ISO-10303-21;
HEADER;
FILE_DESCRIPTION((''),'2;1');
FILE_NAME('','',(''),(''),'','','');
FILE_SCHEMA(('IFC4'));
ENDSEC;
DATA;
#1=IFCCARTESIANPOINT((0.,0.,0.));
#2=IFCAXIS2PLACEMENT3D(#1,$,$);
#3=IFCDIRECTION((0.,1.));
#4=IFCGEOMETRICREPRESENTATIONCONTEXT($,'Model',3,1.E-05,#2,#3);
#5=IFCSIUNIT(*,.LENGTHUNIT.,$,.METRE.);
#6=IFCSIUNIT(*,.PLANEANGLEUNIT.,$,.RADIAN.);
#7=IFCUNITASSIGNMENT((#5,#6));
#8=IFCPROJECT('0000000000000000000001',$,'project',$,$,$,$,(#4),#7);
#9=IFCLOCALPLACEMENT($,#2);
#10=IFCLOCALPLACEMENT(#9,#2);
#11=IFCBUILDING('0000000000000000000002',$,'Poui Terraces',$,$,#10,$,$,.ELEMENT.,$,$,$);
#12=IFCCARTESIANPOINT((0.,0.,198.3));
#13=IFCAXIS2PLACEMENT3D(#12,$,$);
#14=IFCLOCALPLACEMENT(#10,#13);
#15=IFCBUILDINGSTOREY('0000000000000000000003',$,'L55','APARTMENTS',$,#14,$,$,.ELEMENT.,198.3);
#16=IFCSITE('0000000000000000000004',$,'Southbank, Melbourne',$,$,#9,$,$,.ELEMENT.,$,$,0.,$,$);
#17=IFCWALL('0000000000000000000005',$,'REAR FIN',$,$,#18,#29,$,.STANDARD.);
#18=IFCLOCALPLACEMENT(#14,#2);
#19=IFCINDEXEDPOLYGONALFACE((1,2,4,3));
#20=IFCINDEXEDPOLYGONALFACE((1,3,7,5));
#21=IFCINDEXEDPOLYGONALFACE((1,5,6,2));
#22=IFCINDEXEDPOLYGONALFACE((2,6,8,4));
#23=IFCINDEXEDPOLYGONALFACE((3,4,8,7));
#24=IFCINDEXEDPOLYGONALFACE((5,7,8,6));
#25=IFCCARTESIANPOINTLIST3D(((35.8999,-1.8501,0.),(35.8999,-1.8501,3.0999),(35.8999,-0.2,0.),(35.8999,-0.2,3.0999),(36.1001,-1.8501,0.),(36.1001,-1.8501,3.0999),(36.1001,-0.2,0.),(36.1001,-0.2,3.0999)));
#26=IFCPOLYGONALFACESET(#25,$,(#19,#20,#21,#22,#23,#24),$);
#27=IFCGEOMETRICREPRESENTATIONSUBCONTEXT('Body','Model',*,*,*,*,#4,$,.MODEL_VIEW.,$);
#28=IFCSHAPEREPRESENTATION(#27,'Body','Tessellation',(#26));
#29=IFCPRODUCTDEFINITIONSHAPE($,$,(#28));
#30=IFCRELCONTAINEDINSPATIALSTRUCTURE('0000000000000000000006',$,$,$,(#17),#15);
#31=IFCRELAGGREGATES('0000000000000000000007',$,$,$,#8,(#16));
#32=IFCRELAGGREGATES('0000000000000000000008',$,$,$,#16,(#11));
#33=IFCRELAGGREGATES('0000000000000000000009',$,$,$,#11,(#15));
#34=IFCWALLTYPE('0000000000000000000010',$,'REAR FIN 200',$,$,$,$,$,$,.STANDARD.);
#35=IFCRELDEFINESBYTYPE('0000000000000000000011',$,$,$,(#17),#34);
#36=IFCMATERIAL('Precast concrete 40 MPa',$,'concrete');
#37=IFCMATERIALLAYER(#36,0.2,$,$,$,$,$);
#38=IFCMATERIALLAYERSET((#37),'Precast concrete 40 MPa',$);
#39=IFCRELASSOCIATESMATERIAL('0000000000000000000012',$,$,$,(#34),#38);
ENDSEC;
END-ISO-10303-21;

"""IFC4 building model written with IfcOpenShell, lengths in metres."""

from ifc_helpers import new_model, si_unit, direction, frame, origin, place, context, subcontext, project, spatial, polyline, outline, extrude, source, transform, mapped, material, layer, layer_set, type_object, element, save


model = new_model("IFC4")

# Units and contexts
model_context = context("Model", 3, precision=1e-05, world=origin(), true_north=direction((0.0, 1.0)))
body_context = subcontext(model_context, "Body", "Model", "MODEL_VIEW")
ifc_project = project(units=[si_unit("LENGTHUNIT", "METRE"), si_unit("PLANEANGLEUNIT", "RADIAN")], contexts=[model_context])

# Site, building, storey
site_placement = place(None, origin())
site = spatial("IfcSite", under=ifc_project, at=site_placement, Name="Southbank, Melbourne", CompositionType="ELEMENT", RefElevation=0.0)
building_placement = place(site_placement, origin())
building = spatial("IfcBuilding", under=site, at=building_placement, Name="Poui Terraces", CompositionType="ELEMENT")
storey_placement = place(building_placement, frame((0.0, 0.0, 198.3)))
storey = spatial("IfcBuildingStorey", under=building, at=storey_placement, Name="L55", Description="APARTMENTS", CompositionType="ELEMENT", Elevation=198.3)

# Shared definitions
ifc_material_1 = material(Name="Precast concrete 40 MPa", Category="concrete")

# Wall
ifc_layer_1 = layer(ifc_material_1, 0.2)
ifc_layer_set_1 = layer_set([ifc_layer_1], Name="Precast concrete 40 MPa")
wall_type_1 = type_object("IfcWallType", Name="REAR FIN 200", PredefinedType="STANDARD", material=ifc_layer_set_1)
shared_shape_1 = source(origin(), body_context, "Body", "SweptSolid", [
    extrude(outline(polyline([(0.0, 0.0), (0.2002, 0.0), (0.2002, 1.6501), (0.0, 1.6501), (0.0, 0.0)])), origin(), (0.0, 0.0, 1.0), 3.0999),
])
for number, where, name in (
    (1, (35.8999, -1.8501, 0.0), "REAR FIN"),
):
    element("IfcWall", number, at=place(storey_placement, frame(where)), inside=storey, type_object=wall_type_1, Name=name, PredefinedType="STANDARD", context=body_context, shape_type="MappedRepresentation", body=[
        mapped(shared_shape_1, transform((0.0, 0.0, 0.0))),
    ])

save(model, "model.ifc")
